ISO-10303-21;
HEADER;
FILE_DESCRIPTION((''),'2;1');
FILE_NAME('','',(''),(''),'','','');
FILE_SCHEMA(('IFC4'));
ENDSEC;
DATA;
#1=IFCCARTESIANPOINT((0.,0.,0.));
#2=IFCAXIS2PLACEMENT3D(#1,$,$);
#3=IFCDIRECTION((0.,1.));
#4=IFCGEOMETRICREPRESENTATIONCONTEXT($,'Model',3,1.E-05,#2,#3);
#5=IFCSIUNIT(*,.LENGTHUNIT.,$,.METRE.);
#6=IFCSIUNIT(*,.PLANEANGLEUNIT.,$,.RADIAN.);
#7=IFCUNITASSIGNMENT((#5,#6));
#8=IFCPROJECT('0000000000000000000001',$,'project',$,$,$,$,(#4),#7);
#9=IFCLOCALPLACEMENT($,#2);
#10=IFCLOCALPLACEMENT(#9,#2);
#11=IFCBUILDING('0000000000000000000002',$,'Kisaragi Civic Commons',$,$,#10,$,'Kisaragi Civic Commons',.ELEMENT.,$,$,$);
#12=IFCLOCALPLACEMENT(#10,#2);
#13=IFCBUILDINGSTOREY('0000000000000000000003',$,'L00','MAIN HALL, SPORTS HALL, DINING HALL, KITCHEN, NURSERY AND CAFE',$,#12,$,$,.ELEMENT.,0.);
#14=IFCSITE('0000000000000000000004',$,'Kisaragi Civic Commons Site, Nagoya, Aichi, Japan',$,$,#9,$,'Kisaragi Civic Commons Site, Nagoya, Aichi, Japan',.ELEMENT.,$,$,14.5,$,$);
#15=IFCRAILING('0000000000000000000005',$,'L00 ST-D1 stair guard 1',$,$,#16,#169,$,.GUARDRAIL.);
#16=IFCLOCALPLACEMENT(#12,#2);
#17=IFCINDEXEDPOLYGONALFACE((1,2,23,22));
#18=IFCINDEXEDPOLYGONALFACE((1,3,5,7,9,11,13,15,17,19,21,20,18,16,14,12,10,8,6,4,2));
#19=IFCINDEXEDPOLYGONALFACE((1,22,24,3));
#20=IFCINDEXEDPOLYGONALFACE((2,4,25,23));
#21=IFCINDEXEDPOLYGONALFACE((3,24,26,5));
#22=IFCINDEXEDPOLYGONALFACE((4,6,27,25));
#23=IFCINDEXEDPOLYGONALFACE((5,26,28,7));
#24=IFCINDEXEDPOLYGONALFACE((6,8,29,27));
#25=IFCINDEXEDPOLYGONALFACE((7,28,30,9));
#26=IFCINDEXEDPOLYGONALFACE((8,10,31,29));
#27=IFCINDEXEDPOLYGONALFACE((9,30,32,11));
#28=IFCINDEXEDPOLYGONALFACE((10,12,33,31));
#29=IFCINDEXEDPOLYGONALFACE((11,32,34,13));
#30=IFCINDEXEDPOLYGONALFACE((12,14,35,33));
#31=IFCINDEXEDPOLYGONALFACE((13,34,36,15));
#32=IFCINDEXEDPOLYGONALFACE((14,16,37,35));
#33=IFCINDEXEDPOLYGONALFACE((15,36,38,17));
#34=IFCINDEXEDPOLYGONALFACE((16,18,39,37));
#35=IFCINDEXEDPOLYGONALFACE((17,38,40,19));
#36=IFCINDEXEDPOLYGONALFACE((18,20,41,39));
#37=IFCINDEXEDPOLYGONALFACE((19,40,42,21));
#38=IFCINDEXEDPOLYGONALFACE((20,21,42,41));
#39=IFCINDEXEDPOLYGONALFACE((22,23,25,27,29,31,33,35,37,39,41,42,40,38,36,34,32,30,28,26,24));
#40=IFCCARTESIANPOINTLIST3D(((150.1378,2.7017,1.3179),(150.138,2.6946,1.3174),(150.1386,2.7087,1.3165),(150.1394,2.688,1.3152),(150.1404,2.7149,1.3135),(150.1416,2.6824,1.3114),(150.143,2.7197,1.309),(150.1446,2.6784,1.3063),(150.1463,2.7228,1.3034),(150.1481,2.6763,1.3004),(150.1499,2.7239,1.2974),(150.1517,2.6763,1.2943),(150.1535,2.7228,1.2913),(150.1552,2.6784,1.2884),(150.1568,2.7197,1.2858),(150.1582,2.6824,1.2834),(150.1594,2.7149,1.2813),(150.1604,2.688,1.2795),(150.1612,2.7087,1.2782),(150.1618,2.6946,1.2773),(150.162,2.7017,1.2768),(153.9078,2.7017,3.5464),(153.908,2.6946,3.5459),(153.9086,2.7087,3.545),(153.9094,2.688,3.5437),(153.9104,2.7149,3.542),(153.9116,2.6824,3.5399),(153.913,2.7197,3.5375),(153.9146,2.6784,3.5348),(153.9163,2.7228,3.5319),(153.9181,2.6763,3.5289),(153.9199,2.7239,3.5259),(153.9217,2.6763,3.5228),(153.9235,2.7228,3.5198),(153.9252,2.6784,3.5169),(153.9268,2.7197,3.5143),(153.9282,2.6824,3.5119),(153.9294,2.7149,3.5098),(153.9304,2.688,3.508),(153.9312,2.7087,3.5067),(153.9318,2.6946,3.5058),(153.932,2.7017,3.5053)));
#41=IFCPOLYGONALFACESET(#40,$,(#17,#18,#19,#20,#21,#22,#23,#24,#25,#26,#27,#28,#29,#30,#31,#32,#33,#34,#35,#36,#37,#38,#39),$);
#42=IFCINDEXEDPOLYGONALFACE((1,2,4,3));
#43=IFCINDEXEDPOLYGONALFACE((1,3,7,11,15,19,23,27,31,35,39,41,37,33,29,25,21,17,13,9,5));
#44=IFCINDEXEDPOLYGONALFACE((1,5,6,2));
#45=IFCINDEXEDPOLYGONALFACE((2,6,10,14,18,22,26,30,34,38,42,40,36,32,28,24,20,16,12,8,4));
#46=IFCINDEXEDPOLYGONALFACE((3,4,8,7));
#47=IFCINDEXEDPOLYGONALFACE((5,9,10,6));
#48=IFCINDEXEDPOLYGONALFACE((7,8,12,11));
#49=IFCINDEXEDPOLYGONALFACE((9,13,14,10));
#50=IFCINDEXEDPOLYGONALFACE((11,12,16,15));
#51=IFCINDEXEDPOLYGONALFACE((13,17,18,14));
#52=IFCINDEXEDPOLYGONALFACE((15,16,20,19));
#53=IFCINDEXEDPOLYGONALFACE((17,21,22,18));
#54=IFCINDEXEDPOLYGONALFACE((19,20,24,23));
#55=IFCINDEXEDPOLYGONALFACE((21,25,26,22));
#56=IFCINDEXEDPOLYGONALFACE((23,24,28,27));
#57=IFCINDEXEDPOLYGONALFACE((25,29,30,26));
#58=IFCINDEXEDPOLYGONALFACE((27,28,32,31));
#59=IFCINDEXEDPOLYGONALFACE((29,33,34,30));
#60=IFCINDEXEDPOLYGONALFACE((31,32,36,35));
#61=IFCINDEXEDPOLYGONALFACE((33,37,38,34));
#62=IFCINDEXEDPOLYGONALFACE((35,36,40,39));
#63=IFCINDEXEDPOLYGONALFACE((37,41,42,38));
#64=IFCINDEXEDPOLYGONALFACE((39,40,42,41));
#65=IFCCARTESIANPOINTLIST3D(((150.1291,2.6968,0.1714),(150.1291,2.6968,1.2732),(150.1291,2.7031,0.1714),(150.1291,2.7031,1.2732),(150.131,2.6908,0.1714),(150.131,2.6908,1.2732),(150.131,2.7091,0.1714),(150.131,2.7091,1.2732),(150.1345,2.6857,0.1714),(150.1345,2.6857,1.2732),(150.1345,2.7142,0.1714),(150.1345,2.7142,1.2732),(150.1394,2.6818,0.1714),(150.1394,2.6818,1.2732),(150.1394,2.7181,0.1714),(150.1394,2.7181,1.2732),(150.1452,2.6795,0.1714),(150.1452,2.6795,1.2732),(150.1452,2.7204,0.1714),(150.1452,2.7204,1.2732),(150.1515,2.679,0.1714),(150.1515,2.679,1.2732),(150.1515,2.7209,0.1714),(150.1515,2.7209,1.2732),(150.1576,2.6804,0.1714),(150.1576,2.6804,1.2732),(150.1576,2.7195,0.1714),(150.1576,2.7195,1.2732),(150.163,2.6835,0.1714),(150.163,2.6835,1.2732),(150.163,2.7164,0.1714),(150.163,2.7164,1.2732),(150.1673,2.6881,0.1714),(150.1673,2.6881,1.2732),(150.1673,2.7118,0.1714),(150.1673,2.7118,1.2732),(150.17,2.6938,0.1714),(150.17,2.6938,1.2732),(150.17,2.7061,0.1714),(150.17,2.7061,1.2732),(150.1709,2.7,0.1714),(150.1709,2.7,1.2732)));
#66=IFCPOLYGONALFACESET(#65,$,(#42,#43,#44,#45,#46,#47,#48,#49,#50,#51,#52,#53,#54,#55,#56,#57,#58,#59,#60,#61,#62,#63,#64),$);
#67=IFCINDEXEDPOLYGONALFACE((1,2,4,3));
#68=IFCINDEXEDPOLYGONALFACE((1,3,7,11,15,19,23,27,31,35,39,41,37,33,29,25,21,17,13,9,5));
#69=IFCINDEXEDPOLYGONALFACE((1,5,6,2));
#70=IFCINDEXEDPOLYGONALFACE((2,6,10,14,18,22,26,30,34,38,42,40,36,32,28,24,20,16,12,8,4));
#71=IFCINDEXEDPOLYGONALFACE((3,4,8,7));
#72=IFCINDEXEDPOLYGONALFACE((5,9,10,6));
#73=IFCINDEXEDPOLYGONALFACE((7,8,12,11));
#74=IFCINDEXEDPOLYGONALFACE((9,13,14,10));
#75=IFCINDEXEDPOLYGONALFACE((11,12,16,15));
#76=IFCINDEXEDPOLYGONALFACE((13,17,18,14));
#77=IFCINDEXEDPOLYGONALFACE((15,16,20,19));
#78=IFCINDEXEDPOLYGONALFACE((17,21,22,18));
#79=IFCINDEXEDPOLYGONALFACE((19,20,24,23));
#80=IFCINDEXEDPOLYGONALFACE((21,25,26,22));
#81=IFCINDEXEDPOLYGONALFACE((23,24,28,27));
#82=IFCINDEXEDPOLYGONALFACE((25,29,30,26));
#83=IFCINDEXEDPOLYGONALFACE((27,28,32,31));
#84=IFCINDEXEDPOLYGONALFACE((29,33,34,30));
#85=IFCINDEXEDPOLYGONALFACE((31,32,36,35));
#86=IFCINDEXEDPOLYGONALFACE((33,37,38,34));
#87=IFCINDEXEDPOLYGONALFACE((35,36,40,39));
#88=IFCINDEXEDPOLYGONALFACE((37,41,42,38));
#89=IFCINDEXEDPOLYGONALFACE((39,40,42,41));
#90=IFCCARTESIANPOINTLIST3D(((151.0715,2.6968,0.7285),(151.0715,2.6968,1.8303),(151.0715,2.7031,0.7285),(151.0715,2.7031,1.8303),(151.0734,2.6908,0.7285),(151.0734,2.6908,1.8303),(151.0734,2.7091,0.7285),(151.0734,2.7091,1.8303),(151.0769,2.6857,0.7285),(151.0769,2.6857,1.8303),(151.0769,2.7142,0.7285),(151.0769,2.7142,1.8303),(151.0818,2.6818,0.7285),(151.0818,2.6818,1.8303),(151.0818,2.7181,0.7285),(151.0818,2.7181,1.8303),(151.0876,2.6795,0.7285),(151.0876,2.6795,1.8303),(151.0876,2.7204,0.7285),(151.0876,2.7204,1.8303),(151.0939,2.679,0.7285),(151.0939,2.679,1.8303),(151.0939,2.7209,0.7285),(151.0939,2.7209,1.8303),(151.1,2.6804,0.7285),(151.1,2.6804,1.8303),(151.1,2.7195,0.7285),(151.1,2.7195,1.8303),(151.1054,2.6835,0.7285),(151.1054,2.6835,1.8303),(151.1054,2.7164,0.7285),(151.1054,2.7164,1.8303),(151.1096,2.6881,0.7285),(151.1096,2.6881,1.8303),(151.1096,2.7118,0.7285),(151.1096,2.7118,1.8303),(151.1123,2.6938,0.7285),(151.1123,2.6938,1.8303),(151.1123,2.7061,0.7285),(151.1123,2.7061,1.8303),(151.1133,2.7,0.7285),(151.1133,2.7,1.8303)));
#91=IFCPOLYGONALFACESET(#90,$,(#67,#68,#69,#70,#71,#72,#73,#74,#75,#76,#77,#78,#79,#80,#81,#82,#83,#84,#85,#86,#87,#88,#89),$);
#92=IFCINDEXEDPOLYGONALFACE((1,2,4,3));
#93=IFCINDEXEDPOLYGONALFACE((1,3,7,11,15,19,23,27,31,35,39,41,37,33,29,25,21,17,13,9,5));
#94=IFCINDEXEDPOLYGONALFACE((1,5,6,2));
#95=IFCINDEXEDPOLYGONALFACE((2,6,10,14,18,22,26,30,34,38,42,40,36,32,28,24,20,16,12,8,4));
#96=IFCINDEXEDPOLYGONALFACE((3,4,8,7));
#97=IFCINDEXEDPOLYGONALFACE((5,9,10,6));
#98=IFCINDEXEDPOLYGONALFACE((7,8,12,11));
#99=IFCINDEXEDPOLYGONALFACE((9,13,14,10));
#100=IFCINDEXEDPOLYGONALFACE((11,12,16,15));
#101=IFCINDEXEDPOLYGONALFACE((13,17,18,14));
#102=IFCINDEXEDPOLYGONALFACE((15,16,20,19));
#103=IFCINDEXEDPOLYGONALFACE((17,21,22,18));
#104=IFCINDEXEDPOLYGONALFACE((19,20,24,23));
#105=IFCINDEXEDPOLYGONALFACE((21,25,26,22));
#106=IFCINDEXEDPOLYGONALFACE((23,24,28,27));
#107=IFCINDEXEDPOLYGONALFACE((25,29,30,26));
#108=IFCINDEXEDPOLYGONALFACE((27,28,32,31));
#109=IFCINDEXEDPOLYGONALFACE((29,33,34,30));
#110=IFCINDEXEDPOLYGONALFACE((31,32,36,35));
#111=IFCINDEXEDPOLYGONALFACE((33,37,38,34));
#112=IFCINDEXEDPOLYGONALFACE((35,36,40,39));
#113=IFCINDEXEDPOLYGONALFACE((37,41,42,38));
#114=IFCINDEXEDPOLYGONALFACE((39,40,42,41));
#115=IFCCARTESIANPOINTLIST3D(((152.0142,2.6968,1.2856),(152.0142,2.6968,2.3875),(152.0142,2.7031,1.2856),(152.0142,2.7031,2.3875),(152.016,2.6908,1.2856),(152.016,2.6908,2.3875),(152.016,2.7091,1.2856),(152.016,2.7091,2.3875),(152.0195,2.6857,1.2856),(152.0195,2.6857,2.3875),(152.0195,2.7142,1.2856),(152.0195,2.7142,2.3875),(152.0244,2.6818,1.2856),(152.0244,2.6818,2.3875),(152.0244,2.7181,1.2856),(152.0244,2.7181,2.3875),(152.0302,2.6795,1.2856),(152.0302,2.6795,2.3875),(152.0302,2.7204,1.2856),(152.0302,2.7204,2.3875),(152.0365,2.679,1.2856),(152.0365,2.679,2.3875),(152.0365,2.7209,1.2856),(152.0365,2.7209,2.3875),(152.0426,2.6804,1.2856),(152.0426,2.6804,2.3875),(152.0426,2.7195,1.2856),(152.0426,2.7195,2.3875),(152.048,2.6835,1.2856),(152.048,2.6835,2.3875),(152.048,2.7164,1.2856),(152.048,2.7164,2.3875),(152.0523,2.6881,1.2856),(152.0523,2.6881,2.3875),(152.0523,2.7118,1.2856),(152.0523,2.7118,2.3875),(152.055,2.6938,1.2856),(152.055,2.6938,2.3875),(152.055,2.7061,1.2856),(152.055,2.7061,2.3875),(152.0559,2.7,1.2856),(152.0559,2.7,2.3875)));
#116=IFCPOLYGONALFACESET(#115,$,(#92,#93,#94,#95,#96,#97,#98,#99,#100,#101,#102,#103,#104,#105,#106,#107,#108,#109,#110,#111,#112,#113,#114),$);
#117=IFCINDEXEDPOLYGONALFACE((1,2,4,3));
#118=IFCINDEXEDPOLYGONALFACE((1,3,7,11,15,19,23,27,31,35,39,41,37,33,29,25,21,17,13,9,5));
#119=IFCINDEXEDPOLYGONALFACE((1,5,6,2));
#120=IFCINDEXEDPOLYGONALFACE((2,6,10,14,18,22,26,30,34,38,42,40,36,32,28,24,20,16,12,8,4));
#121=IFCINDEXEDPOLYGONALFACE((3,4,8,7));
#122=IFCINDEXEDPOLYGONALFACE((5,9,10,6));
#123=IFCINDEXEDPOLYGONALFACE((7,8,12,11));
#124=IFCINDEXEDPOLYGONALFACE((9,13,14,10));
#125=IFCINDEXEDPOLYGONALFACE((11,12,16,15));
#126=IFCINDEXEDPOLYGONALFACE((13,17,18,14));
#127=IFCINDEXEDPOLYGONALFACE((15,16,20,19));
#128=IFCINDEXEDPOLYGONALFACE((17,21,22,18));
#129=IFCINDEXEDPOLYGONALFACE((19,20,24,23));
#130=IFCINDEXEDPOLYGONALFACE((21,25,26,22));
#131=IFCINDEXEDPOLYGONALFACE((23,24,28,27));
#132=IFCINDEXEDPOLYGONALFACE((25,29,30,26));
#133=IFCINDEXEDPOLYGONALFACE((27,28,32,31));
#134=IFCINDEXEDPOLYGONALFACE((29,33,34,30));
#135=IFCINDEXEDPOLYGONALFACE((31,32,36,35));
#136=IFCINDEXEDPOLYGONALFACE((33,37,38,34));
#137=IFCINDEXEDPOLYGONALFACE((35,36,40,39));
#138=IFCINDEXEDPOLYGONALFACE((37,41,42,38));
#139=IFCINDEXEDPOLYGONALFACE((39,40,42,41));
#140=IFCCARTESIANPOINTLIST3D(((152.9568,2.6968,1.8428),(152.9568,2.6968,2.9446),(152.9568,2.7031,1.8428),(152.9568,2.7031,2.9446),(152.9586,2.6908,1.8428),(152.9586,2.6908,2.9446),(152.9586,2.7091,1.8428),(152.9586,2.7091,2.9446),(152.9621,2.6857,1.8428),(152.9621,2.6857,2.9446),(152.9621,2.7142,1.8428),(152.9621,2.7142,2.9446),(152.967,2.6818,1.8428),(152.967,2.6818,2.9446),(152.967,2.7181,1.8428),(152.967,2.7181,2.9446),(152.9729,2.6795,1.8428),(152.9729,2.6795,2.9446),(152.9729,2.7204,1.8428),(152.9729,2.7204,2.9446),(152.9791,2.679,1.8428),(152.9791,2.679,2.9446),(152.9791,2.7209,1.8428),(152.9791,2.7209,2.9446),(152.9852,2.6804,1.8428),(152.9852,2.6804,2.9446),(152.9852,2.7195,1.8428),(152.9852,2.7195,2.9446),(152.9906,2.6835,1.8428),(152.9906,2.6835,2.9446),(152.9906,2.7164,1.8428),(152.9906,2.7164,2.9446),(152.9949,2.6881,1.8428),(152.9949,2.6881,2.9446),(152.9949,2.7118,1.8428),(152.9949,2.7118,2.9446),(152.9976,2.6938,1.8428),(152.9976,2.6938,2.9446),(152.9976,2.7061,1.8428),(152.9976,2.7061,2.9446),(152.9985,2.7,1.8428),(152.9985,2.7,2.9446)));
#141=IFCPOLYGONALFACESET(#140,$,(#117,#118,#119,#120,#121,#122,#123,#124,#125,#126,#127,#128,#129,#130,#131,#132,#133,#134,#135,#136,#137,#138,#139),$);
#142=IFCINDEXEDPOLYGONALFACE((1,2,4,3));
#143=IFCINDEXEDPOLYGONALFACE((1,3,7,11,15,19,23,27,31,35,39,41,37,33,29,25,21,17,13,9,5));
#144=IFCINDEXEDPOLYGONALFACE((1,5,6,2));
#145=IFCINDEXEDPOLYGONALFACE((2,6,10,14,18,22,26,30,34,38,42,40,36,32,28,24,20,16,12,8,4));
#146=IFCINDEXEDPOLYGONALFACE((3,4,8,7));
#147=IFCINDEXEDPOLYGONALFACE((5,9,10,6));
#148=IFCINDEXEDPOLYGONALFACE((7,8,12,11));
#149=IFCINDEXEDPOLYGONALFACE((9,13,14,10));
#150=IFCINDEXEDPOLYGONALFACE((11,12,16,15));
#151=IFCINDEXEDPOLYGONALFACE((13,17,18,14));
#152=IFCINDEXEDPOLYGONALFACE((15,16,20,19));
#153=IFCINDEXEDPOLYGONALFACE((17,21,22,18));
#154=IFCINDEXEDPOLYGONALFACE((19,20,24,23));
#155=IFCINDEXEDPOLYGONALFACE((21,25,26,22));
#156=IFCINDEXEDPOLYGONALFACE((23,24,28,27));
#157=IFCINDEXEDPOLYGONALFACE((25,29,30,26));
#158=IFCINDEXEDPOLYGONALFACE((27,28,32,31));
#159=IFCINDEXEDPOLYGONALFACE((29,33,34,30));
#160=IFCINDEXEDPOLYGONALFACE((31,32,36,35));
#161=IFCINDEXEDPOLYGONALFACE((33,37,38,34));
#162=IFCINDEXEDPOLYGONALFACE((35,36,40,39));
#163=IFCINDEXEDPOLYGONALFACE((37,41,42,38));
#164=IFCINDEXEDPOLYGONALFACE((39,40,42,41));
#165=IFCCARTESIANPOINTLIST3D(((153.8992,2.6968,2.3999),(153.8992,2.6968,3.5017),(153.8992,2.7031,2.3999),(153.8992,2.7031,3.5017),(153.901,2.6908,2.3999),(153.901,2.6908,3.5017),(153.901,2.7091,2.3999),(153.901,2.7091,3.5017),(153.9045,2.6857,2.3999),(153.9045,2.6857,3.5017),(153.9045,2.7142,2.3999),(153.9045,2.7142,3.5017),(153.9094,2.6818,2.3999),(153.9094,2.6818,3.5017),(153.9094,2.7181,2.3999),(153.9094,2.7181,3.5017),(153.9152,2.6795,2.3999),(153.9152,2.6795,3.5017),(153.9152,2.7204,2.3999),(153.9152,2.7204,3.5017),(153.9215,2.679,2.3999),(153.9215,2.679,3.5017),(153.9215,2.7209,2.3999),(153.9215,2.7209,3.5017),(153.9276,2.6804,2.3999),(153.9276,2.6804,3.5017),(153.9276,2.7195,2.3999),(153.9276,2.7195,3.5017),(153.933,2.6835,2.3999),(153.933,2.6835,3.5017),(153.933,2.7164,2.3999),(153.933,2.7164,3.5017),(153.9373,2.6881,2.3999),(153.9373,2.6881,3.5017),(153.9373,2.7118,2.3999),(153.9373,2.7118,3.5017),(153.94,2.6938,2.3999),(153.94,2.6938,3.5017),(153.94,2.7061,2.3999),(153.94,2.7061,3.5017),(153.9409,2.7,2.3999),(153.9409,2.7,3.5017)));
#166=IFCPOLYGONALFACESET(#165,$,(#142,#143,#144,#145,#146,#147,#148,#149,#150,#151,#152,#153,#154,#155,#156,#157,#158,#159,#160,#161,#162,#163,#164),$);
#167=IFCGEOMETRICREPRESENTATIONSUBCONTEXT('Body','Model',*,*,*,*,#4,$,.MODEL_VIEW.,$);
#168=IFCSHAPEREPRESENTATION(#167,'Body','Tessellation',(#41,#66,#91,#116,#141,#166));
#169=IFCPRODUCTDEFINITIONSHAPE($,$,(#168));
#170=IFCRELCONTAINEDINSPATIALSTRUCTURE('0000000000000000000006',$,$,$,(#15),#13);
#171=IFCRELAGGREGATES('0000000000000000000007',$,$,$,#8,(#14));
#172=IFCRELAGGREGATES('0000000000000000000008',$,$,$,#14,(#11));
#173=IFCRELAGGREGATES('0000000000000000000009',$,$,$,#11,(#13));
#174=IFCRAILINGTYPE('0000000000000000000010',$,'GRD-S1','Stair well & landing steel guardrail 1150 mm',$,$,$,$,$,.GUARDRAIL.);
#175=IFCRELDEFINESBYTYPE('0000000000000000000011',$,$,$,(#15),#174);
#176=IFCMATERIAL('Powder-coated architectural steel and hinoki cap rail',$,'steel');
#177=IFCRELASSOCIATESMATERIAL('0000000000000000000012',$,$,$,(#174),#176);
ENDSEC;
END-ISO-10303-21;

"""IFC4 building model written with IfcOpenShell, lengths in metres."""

from ifc_helpers import new_model, si_unit, direction, frame, origin, origin_2d, place, context, subcontext, project, spatial, circle, extrude, material, type_object, element, save


model = new_model("IFC4")

# Units and contexts
model_context = context("Model", 3, precision=1e-05, world=origin(), true_north=direction((0.0, 1.0)))
body_context = subcontext(model_context, "Body", "Model", "MODEL_VIEW")
ifc_project = project(units=[si_unit("LENGTHUNIT", "METRE"), si_unit("PLANEANGLEUNIT", "RADIAN")], contexts=[model_context])

# Site, building, storey
site_placement = place(None, origin())
site = spatial("IfcSite", under=ifc_project, at=site_placement, Name="Kisaragi Civic Commons Site, Nagoya, Aichi, Japan", LongName="Kisaragi Civic Commons Site, Nagoya, Aichi, Japan", CompositionType="ELEMENT", RefElevation=14.5)
building_placement = place(site_placement, origin())
building = spatial("IfcBuilding", under=site, at=building_placement, Name="Kisaragi Civic Commons", LongName="Kisaragi Civic Commons", CompositionType="ELEMENT")
storey_placement = place(building_placement, origin())
storey = spatial("IfcBuildingStorey", under=building, at=storey_placement, Name="L00", Description="MAIN HALL, SPORTS HALL, DINING HALL, KITCHEN, NURSERY AND CAFE", CompositionType="ELEMENT", Elevation=0.0)

# Railing
ifc_material_1 = material(Name="Powder-coated architectural steel and hinoki cap rail", Category="steel")
railing_type_1 = type_object("IfcRailingType", Name="GRD-S1", Description="Stair well & landing steel guardrail 1150 mm", PredefinedType="GUARDRAIL", material=ifc_material_1)
railing_1_placement = place(storey_placement, frame((150.1499, 2.7, 0.1714)))
element("IfcRailing", 1, at=railing_1_placement, inside=storey, type_object=railing_type_1, Name="L00 ST-D1 stair guard 1", PredefinedType="GUARDRAIL", context=body_context, shape_type="SweptSolid", body=[
    extrude(circle(Radius=0.0239, at=origin_2d()), frame((0.0, 0.0, 1.126), z_axis=(0.860849, 0.0, 0.508861), x_axis=(0.0, 1.0, 0.0)), (0.0, 0.0, 1.0), 4.3794),
    extrude(circle(Radius=0.021, at=origin_2d()), origin(), (0.0, 0.0, 1.0), 1.1018),
    extrude(circle(Radius=0.021, at=origin_2d()), frame((0.9424, 0.0, 0.5571)), (0.0, 0.0, 1.0), 1.1018),
    extrude(circle(Radius=0.021, at=origin_2d()), frame((1.885, 0.0, 1.1143)), (0.0, 0.0, 1.0), 1.1018),
    extrude(circle(Radius=0.021, at=origin_2d()), frame((2.8276, 0.0, 1.6714)), (0.0, 0.0, 1.0), 1.1018),
    extrude(circle(Radius=0.021, at=origin_2d()), frame((3.77, 0.0, 2.2285)), (0.0, 0.0, 1.0), 1.1018),
])

save(model, "model.ifc")
